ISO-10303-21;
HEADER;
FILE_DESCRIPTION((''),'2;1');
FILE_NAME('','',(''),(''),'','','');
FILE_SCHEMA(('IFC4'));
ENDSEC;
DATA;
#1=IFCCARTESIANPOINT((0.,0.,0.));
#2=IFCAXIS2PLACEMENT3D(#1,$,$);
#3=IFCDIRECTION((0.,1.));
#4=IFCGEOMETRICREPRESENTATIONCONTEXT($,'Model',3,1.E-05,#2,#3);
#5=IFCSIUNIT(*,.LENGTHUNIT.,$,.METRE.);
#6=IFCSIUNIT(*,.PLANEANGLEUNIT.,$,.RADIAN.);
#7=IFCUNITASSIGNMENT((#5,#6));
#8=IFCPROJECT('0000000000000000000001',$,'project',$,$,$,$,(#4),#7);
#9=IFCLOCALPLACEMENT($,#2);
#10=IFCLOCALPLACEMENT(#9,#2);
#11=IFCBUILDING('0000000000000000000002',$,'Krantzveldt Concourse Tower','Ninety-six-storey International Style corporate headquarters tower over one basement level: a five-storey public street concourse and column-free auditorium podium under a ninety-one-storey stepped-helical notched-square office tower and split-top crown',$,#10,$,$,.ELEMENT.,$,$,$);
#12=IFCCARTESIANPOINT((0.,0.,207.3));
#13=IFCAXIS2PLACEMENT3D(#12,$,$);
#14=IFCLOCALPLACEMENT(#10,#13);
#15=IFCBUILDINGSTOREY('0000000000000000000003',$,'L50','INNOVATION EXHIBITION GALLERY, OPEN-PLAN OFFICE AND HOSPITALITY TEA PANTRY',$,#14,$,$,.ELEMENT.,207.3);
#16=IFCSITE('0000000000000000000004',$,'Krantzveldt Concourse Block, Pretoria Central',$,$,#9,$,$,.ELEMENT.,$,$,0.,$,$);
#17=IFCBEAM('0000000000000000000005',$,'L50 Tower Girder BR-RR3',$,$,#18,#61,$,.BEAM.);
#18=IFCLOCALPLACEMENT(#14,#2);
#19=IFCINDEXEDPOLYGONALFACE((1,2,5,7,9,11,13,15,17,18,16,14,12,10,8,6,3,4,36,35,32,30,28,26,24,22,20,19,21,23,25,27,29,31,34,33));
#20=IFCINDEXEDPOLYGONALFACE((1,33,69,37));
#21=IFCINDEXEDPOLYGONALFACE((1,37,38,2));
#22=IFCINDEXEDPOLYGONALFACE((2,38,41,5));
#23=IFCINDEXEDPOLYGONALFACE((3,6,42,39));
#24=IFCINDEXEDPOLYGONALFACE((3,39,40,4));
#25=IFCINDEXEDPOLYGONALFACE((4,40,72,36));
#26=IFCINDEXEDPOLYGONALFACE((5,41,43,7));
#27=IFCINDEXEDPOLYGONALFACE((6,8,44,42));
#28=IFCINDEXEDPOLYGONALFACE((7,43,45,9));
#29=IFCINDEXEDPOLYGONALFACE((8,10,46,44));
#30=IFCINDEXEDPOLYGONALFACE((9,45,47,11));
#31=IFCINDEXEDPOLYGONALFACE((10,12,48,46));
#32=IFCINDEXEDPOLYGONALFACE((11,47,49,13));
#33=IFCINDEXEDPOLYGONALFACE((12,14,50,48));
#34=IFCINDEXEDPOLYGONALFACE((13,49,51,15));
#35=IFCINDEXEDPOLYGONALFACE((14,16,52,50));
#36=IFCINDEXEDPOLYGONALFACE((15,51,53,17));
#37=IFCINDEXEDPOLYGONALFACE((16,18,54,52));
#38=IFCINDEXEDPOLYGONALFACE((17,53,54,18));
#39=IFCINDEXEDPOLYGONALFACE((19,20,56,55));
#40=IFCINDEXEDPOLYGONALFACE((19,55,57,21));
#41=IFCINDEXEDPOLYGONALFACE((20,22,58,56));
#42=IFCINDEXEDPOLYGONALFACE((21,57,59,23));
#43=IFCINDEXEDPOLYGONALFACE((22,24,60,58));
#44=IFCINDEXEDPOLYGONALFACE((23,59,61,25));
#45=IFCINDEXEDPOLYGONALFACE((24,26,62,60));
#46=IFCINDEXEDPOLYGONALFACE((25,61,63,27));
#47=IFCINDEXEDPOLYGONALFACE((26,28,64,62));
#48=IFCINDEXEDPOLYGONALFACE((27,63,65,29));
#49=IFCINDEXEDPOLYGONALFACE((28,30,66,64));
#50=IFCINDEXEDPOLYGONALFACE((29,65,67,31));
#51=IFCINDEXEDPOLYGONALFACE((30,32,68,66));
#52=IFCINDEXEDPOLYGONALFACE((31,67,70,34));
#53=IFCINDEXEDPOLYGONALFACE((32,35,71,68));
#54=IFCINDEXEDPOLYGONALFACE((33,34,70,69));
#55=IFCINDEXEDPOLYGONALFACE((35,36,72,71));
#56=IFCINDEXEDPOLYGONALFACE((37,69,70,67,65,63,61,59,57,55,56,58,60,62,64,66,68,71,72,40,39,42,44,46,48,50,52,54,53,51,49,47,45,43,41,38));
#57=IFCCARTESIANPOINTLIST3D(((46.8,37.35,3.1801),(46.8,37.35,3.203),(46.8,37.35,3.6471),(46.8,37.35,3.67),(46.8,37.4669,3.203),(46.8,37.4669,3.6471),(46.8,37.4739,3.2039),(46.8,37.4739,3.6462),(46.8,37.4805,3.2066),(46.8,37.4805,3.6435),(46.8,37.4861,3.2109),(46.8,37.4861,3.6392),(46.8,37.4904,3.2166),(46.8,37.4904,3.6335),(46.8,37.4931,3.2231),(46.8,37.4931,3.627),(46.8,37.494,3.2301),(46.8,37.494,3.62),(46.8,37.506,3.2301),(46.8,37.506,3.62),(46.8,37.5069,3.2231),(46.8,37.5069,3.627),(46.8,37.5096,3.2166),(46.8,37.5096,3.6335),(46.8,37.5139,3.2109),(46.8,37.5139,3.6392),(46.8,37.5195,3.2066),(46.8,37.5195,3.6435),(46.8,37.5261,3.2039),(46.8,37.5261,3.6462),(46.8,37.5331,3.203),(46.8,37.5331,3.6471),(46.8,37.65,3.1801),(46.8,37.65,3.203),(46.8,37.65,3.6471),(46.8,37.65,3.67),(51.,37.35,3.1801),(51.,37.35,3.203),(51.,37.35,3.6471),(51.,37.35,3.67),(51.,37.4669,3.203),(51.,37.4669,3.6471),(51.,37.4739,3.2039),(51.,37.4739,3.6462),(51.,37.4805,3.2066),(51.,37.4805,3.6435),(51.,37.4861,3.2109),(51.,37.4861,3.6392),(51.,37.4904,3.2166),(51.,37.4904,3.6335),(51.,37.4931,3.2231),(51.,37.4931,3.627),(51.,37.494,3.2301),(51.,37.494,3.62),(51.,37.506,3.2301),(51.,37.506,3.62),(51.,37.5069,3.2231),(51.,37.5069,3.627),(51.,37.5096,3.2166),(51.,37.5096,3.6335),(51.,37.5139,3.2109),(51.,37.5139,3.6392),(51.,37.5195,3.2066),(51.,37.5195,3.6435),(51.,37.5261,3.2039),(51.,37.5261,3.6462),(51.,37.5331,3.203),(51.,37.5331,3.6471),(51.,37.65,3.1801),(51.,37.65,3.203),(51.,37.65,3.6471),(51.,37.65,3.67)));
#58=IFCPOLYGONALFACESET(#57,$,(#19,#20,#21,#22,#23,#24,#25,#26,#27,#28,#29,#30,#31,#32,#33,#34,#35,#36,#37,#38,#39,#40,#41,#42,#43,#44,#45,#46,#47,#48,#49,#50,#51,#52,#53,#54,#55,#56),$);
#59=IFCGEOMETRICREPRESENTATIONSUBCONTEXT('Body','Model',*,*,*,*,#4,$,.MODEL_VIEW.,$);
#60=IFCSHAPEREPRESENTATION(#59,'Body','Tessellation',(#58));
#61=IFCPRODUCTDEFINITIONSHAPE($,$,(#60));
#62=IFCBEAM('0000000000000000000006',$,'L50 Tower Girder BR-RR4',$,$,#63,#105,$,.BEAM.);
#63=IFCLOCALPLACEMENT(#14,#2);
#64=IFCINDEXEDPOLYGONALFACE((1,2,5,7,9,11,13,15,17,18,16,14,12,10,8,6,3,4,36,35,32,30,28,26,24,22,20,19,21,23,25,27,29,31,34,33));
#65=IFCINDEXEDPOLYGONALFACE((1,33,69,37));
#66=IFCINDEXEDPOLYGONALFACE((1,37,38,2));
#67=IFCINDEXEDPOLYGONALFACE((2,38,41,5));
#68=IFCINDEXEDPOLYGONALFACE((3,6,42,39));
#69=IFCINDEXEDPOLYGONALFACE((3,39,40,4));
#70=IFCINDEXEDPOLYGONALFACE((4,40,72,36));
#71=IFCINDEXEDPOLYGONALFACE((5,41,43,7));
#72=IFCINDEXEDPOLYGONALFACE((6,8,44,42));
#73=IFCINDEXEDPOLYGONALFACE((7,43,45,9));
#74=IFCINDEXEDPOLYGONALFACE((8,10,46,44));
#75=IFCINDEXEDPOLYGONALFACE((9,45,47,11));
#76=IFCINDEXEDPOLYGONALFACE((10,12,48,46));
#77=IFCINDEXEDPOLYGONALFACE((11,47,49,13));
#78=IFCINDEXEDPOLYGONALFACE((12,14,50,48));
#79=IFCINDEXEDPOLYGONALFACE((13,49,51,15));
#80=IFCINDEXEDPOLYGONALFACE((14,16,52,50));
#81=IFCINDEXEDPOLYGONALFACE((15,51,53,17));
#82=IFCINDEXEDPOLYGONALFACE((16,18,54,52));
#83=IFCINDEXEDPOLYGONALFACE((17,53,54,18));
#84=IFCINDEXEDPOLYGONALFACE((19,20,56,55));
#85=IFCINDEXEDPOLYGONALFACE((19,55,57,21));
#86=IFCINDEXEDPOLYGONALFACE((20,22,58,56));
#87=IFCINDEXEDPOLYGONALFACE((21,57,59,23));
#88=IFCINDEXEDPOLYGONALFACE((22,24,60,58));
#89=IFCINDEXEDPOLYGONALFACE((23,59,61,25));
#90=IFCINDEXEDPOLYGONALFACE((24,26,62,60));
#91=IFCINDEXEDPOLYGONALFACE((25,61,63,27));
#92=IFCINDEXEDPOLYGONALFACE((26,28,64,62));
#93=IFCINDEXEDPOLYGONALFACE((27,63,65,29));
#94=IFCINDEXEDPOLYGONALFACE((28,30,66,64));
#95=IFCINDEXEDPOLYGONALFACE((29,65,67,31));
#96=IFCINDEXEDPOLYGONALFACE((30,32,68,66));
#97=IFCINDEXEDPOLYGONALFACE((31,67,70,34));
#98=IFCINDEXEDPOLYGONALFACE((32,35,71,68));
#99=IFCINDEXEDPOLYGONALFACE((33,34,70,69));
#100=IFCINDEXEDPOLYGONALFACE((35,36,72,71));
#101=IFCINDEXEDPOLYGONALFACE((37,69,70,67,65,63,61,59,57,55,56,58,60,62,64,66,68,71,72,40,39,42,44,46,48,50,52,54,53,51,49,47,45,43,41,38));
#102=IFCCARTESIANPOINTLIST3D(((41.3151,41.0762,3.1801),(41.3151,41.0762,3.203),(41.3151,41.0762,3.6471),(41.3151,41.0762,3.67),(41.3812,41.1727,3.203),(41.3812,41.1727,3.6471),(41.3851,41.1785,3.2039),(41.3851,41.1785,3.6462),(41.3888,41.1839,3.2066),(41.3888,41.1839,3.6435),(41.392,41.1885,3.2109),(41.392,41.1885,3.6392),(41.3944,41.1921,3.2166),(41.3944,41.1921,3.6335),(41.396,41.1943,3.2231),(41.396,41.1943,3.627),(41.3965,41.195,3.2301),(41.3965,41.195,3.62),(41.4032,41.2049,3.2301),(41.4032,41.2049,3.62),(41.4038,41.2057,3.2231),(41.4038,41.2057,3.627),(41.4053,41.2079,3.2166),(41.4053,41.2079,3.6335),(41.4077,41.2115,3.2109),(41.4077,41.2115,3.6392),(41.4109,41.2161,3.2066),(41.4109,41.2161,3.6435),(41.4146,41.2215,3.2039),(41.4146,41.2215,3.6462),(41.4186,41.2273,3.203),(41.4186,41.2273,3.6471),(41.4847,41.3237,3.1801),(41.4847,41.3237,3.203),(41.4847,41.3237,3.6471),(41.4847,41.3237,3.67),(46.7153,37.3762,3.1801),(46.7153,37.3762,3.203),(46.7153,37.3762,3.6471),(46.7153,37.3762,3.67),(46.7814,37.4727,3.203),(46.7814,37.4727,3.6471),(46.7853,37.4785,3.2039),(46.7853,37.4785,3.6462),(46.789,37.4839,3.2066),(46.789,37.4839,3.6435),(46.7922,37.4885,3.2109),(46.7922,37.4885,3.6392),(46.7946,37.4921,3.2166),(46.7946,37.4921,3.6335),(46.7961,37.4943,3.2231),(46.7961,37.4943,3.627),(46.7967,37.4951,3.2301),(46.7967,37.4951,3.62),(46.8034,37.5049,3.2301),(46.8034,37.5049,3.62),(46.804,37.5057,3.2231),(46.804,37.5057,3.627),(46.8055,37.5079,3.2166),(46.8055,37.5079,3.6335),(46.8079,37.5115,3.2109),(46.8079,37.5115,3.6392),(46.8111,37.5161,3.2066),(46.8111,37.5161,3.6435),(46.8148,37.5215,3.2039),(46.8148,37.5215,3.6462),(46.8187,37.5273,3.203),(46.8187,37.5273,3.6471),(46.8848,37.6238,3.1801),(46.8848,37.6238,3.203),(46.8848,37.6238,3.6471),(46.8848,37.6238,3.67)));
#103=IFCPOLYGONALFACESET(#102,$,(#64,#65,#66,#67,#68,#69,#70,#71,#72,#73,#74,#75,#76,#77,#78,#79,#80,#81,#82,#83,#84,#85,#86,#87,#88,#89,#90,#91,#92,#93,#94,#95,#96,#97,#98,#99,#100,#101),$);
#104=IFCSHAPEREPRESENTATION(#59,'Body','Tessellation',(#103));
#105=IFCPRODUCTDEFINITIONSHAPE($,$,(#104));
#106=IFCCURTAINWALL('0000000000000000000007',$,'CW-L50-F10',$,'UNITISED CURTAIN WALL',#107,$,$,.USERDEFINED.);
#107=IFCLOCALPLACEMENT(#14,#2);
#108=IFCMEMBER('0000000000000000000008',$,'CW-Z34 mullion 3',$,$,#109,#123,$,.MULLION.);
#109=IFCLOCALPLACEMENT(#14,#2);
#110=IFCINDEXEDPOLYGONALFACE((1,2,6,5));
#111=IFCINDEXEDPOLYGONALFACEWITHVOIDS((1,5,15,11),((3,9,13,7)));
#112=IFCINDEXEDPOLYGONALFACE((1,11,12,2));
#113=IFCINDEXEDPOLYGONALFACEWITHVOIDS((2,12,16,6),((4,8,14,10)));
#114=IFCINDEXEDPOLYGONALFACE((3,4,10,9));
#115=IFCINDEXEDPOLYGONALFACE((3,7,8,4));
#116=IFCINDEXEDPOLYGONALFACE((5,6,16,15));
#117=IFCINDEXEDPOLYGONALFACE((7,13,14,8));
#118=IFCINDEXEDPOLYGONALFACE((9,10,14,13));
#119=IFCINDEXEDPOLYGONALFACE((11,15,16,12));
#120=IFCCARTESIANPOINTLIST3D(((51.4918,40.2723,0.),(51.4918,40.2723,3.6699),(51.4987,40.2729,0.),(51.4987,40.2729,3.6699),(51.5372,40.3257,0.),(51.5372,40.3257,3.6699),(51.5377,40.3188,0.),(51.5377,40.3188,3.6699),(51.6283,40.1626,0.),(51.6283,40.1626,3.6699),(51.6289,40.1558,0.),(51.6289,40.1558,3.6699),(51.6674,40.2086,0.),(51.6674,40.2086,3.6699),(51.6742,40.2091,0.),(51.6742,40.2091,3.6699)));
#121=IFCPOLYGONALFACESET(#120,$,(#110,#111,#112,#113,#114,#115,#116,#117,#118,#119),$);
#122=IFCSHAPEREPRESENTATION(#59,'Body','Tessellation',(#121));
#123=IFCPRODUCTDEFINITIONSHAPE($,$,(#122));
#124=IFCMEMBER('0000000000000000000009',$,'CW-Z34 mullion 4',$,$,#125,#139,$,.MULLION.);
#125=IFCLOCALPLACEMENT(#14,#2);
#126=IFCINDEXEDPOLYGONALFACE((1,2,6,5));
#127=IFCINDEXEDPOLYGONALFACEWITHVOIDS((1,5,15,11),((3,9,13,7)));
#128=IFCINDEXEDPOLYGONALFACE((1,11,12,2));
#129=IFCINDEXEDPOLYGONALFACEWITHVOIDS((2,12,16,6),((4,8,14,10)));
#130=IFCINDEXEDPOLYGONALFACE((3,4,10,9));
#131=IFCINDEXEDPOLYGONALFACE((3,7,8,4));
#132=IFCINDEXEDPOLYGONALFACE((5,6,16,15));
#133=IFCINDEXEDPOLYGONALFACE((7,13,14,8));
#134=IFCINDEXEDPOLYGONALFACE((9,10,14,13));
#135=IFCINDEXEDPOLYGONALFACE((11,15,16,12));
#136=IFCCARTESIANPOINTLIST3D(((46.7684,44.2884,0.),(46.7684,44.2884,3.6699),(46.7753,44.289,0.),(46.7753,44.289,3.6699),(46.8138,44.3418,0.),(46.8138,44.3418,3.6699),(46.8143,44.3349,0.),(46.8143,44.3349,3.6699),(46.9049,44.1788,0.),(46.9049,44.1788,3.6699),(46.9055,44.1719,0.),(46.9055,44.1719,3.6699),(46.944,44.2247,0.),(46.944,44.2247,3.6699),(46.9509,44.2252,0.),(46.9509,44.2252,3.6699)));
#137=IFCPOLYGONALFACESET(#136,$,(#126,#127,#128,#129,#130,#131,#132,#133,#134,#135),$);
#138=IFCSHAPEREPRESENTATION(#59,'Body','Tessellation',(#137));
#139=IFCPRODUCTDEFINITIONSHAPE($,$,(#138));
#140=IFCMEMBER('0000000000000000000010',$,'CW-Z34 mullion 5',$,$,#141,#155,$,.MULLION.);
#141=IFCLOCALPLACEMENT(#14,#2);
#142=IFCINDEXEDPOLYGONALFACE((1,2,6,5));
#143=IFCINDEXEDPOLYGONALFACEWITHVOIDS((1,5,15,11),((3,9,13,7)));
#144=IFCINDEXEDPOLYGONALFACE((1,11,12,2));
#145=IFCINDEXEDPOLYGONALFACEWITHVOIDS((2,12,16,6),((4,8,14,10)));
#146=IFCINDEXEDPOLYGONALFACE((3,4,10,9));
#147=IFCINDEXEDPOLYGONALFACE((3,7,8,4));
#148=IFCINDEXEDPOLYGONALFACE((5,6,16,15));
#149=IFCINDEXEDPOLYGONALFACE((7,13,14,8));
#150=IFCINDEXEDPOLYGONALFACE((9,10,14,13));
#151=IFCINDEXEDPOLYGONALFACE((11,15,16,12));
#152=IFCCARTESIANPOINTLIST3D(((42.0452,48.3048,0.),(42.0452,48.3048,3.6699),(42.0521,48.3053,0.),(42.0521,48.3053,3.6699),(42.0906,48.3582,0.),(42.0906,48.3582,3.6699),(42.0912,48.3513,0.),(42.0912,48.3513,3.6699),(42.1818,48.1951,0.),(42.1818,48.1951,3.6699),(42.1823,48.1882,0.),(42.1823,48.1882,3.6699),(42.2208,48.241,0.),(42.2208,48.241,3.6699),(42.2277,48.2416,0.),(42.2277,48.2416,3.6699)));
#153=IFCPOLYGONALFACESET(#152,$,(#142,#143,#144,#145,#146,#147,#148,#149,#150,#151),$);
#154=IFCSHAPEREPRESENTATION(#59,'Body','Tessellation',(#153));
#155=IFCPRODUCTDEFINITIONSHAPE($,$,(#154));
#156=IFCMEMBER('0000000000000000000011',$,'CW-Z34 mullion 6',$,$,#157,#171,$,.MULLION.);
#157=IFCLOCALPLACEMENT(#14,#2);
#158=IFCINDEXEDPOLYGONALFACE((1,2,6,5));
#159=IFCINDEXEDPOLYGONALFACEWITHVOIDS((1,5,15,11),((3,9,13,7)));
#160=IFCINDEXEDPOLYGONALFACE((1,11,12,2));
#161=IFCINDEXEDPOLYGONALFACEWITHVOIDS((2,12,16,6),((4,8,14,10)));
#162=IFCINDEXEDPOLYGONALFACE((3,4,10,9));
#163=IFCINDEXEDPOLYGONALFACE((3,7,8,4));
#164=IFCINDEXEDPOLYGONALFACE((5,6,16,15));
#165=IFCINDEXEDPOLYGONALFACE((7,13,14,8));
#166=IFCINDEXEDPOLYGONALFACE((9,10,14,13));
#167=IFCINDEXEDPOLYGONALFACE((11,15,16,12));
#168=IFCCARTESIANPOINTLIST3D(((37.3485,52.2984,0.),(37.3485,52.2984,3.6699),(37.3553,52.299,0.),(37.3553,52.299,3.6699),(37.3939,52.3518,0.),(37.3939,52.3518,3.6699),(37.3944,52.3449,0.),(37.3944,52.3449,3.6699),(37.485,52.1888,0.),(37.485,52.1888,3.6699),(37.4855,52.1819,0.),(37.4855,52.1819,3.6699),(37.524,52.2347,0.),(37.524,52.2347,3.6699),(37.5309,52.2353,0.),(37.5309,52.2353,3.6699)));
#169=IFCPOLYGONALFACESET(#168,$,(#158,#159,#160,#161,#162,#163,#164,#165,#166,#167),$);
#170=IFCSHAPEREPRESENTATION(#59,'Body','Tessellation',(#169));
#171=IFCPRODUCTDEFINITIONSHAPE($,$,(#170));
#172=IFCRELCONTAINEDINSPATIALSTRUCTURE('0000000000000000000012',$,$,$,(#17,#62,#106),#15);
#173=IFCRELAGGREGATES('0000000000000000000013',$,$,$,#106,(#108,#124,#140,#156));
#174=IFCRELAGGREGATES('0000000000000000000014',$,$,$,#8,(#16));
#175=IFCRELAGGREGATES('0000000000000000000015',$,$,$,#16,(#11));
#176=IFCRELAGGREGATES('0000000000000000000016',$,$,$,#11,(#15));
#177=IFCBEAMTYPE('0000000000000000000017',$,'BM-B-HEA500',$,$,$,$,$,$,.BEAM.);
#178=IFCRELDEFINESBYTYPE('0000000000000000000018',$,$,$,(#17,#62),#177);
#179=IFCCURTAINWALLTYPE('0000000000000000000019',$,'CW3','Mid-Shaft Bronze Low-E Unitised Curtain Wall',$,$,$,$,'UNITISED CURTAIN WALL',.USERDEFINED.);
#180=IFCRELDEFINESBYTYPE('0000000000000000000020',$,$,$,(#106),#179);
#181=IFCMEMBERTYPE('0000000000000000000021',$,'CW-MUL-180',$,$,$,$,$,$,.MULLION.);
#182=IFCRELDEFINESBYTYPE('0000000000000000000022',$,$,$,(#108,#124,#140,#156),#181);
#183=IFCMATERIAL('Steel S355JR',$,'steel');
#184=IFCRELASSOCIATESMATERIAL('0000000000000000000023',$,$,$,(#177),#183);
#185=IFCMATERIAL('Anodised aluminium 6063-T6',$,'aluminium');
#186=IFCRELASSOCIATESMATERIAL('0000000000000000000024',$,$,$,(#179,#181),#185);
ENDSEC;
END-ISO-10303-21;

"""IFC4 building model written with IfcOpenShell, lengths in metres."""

from ifc_helpers import new_model, si_unit, direction, frame, origin, origin_2d, place, context, subcontext, project, spatial, hollow_rectangle, i_section, extrude, source, transform, mapped, material, material_profile, profile_set, type_object, type_shapes, element, aggregate, save


model = new_model("IFC4")

# Units and contexts
model_context = context("Model", 3, precision=1e-05, world=origin(), true_north=direction((0.0, 1.0)))
body_context = subcontext(model_context, "Body", "Model", "MODEL_VIEW")
ifc_project = project(units=[si_unit("LENGTHUNIT", "METRE"), si_unit("PLANEANGLEUNIT", "RADIAN")], contexts=[model_context])

# Site, building, storey
site_placement = place(None, origin())
site = spatial("IfcSite", under=ifc_project, at=site_placement, Name="Krantzveldt Concourse Block, Pretoria Central", CompositionType="ELEMENT", RefElevation=0.0)
building_placement = place(site_placement, origin())
building = spatial("IfcBuilding", under=site, at=building_placement, Name="Krantzveldt Concourse Tower", Description="Ninety-six-storey International Style corporate headquarters tower over one basement level: a five-storey public street concourse and column-free auditorium podium under a ninety-one-storey stepped-helical notched-square office tower and split-top crown", CompositionType="ELEMENT")
storey_placement = place(building_placement, frame((0.0, 0.0, 207.3)))
storey = spatial("IfcBuildingStorey", under=building, at=storey_placement, Name="L50", Description="INNOVATION EXHIBITION GALLERY, OPEN-PLAN OFFICE AND HOSPITALITY TEA PANTRY", CompositionType="ELEMENT", Elevation=207.3)

# Beams
ifc_material_1 = material(Name="Steel S355JR", Category="steel")
ifc_material_profile_1 = material_profile(ifc_material_1, i_section(OverallWidth=0.3, OverallDepth=0.49, WebThickness=0.012, FlangeThickness=0.0229, FilletRadius=0.0271, at=origin_2d()), Name="Steel S355JR", Category="steel")
ifc_profile_set_1 = profile_set([ifc_material_profile_1], Name="Steel S355JR - HEA 500")
beam_type_1 = type_object("IfcBeamType", Name="BM-B-HEA500", PredefinedType="BEAM", material=ifc_profile_set_1)
shared_shape_1 = source(origin(), body_context, "Body", "SweptSolid", [
    extrude(i_section(OverallWidth=0.3, OverallDepth=0.49, WebThickness=0.012, FlangeThickness=0.0229, FilletRadius=0.0271, at=origin_2d()), origin(), (0.0, 0.0, 1.0), 4.2),
])
beam_1_placement = place(storey_placement, frame((46.8, 37.5, 3.425), z_axis=(1.0, 0.0, 0.0), x_axis=(0.0, 1.0, 0.0)))
element("IfcBeam", 1, at=beam_1_placement, inside=storey, type_object=beam_type_1, Name="L50 Tower Girder BR-RR3", PredefinedType="BEAM", context=body_context, shape_type="MappedRepresentation", body=[
    mapped(shared_shape_1, transform((0.0, 0.0, 0.0), x_axis=(1.0, 0.0, 0.0), y_axis=(0.0, 1.0, 0.0), z_axis=(0.0, 0.0, 1.0), scale=1.0)),
])
shared_shape_2 = source(origin(), body_context, "Body", "SweptSolid", [
    extrude(i_section(OverallWidth=0.3, OverallDepth=0.49, WebThickness=0.012, FlangeThickness=0.0229, FilletRadius=0.0271, at=origin_2d()), origin(), (0.0, 0.0, 1.0), 6.5461),
])
type_shapes(beam_type_1, [shared_shape_1, shared_shape_2])
beam_2_placement = place(storey_placement, frame((46.8, 37.5, 3.425), z_axis=(-0.824943, 0.565216, 0.0), x_axis=(-0.565216, -0.824943, 0.0)))
element("IfcBeam", 2, at=beam_2_placement, inside=storey, type_object=beam_type_1, Name="L50 Tower Girder BR-RR4", PredefinedType="BEAM", context=body_context, shape_type="MappedRepresentation", body=[
    mapped(shared_shape_2, transform((0.0, 0.0, 0.0), x_axis=(1.0, 0.0, 0.0), y_axis=(0.0, 1.0, 0.0), z_axis=(0.0, 0.0, 1.0), scale=1.0)),
])

# Curtain wall, members
ifc_material_2 = material(Name="Anodised aluminium 6063-T6", Category="aluminium")
curtain_wall_type = type_object("IfcCurtainWallType", Name="CW3", Description="Mid-Shaft Bronze Low-E Unitised Curtain Wall", ElementType="UNITISED CURTAIN WALL", PredefinedType="USERDEFINED", material=ifc_material_2)
curtain_wall_placement = place(storey_placement, origin())
curtain_wall = element("IfcCurtainWall", 3, at=curtain_wall_placement, inside=storey, type_object=curtain_wall_type, Name="CW-L50-F10", ObjectType="UNITISED CURTAIN WALL", PredefinedType="USERDEFINED")
ifc_material_profile_2 = material_profile(ifc_material_2, hollow_rectangle(XDim=0.0701, YDim=0.1799, WallThickness=0.0049, at=origin_2d()), Name="Anodised aluminium 6063-T6", Category="aluminium")
ifc_profile_set_2 = profile_set([ifc_material_profile_2], Name="Anodised aluminium 6063-T6 - ALU-MULL 180x70x5")
member_type_1 = type_object("IfcMemberType", Name="CW-MUL-180", PredefinedType="MULLION", material=ifc_profile_set_2)
shared_shape_3 = source(origin(), body_context, "Body", "SweptSolid", [
    extrude(hollow_rectangle(XDim=0.0701, YDim=0.1799, WallThickness=0.0049, at=origin_2d()), origin(), (0.0, 0.0, 1.0), 3.6699),
])
type_shapes(member_type_1, [shared_shape_3])
member_1_placement = place(storey_placement, frame((51.583, 40.2407, 0.0), z_axis=(0.0, 0.0, 1.0), x_axis=(-0.647788, -0.761821, 0.0)))
member_1 = element("IfcMember", 4, at=member_1_placement, type_object=member_type_1, Name="CW-Z34 mullion 3", PredefinedType="MULLION", context=body_context, shape_type="MappedRepresentation", body=[
    mapped(shared_shape_3, transform((0.0, 0.0, 0.0), x_axis=(1.0, 0.0, 0.0), y_axis=(0.0, 1.0, 0.0), z_axis=(0.0, 0.0, 1.0), scale=1.0)),
])
member_2_placement = place(storey_placement, frame((46.8596, 44.2568, 0.0), z_axis=(0.0, 0.0, 1.0), x_axis=(-0.647788, -0.761821, 0.0)))
member_2 = element("IfcMember", 5, at=member_2_placement, type_object=member_type_1, Name="CW-Z34 mullion 4", PredefinedType="MULLION", context=body_context, shape_type="MappedRepresentation", body=[
    mapped(shared_shape_3, transform((0.0, 0.0, 0.0), x_axis=(1.0, 0.0, 0.0), y_axis=(0.0, 1.0, 0.0), z_axis=(0.0, 0.0, 1.0), scale=1.0)),
])
member_3_placement = place(storey_placement, frame((42.1365, 48.2732, 0.0), z_axis=(0.0, 0.0, 1.0), x_axis=(-0.647788, -0.761821, 0.0)))
member_3 = element("IfcMember", 6, at=member_3_placement, type_object=member_type_1, Name="CW-Z34 mullion 5", PredefinedType="MULLION", context=body_context, shape_type="MappedRepresentation", body=[
    mapped(shared_shape_3, transform((0.0, 0.0, 0.0), x_axis=(1.0, 0.0, 0.0), y_axis=(0.0, 1.0, 0.0), z_axis=(0.0, 0.0, 1.0), scale=1.0)),
])
member_4_placement = place(storey_placement, frame((37.4397, 52.2668, 0.0), z_axis=(0.0, 0.0, 1.0), x_axis=(-0.647788, -0.761821, 0.0)))
member_4 = element("IfcMember", 7, at=member_4_placement, type_object=member_type_1, Name="CW-Z34 mullion 6", PredefinedType="MULLION", context=body_context, shape_type="MappedRepresentation", body=[
    mapped(shared_shape_3, transform((0.0, 0.0, 0.0), x_axis=(1.0, 0.0, 0.0), y_axis=(0.0, 1.0, 0.0), z_axis=(0.0, 0.0, 1.0), scale=1.0)),
])
aggregate(curtain_wall, [member_1, member_2, member_3, member_4])

save(model, "model.ifc")
